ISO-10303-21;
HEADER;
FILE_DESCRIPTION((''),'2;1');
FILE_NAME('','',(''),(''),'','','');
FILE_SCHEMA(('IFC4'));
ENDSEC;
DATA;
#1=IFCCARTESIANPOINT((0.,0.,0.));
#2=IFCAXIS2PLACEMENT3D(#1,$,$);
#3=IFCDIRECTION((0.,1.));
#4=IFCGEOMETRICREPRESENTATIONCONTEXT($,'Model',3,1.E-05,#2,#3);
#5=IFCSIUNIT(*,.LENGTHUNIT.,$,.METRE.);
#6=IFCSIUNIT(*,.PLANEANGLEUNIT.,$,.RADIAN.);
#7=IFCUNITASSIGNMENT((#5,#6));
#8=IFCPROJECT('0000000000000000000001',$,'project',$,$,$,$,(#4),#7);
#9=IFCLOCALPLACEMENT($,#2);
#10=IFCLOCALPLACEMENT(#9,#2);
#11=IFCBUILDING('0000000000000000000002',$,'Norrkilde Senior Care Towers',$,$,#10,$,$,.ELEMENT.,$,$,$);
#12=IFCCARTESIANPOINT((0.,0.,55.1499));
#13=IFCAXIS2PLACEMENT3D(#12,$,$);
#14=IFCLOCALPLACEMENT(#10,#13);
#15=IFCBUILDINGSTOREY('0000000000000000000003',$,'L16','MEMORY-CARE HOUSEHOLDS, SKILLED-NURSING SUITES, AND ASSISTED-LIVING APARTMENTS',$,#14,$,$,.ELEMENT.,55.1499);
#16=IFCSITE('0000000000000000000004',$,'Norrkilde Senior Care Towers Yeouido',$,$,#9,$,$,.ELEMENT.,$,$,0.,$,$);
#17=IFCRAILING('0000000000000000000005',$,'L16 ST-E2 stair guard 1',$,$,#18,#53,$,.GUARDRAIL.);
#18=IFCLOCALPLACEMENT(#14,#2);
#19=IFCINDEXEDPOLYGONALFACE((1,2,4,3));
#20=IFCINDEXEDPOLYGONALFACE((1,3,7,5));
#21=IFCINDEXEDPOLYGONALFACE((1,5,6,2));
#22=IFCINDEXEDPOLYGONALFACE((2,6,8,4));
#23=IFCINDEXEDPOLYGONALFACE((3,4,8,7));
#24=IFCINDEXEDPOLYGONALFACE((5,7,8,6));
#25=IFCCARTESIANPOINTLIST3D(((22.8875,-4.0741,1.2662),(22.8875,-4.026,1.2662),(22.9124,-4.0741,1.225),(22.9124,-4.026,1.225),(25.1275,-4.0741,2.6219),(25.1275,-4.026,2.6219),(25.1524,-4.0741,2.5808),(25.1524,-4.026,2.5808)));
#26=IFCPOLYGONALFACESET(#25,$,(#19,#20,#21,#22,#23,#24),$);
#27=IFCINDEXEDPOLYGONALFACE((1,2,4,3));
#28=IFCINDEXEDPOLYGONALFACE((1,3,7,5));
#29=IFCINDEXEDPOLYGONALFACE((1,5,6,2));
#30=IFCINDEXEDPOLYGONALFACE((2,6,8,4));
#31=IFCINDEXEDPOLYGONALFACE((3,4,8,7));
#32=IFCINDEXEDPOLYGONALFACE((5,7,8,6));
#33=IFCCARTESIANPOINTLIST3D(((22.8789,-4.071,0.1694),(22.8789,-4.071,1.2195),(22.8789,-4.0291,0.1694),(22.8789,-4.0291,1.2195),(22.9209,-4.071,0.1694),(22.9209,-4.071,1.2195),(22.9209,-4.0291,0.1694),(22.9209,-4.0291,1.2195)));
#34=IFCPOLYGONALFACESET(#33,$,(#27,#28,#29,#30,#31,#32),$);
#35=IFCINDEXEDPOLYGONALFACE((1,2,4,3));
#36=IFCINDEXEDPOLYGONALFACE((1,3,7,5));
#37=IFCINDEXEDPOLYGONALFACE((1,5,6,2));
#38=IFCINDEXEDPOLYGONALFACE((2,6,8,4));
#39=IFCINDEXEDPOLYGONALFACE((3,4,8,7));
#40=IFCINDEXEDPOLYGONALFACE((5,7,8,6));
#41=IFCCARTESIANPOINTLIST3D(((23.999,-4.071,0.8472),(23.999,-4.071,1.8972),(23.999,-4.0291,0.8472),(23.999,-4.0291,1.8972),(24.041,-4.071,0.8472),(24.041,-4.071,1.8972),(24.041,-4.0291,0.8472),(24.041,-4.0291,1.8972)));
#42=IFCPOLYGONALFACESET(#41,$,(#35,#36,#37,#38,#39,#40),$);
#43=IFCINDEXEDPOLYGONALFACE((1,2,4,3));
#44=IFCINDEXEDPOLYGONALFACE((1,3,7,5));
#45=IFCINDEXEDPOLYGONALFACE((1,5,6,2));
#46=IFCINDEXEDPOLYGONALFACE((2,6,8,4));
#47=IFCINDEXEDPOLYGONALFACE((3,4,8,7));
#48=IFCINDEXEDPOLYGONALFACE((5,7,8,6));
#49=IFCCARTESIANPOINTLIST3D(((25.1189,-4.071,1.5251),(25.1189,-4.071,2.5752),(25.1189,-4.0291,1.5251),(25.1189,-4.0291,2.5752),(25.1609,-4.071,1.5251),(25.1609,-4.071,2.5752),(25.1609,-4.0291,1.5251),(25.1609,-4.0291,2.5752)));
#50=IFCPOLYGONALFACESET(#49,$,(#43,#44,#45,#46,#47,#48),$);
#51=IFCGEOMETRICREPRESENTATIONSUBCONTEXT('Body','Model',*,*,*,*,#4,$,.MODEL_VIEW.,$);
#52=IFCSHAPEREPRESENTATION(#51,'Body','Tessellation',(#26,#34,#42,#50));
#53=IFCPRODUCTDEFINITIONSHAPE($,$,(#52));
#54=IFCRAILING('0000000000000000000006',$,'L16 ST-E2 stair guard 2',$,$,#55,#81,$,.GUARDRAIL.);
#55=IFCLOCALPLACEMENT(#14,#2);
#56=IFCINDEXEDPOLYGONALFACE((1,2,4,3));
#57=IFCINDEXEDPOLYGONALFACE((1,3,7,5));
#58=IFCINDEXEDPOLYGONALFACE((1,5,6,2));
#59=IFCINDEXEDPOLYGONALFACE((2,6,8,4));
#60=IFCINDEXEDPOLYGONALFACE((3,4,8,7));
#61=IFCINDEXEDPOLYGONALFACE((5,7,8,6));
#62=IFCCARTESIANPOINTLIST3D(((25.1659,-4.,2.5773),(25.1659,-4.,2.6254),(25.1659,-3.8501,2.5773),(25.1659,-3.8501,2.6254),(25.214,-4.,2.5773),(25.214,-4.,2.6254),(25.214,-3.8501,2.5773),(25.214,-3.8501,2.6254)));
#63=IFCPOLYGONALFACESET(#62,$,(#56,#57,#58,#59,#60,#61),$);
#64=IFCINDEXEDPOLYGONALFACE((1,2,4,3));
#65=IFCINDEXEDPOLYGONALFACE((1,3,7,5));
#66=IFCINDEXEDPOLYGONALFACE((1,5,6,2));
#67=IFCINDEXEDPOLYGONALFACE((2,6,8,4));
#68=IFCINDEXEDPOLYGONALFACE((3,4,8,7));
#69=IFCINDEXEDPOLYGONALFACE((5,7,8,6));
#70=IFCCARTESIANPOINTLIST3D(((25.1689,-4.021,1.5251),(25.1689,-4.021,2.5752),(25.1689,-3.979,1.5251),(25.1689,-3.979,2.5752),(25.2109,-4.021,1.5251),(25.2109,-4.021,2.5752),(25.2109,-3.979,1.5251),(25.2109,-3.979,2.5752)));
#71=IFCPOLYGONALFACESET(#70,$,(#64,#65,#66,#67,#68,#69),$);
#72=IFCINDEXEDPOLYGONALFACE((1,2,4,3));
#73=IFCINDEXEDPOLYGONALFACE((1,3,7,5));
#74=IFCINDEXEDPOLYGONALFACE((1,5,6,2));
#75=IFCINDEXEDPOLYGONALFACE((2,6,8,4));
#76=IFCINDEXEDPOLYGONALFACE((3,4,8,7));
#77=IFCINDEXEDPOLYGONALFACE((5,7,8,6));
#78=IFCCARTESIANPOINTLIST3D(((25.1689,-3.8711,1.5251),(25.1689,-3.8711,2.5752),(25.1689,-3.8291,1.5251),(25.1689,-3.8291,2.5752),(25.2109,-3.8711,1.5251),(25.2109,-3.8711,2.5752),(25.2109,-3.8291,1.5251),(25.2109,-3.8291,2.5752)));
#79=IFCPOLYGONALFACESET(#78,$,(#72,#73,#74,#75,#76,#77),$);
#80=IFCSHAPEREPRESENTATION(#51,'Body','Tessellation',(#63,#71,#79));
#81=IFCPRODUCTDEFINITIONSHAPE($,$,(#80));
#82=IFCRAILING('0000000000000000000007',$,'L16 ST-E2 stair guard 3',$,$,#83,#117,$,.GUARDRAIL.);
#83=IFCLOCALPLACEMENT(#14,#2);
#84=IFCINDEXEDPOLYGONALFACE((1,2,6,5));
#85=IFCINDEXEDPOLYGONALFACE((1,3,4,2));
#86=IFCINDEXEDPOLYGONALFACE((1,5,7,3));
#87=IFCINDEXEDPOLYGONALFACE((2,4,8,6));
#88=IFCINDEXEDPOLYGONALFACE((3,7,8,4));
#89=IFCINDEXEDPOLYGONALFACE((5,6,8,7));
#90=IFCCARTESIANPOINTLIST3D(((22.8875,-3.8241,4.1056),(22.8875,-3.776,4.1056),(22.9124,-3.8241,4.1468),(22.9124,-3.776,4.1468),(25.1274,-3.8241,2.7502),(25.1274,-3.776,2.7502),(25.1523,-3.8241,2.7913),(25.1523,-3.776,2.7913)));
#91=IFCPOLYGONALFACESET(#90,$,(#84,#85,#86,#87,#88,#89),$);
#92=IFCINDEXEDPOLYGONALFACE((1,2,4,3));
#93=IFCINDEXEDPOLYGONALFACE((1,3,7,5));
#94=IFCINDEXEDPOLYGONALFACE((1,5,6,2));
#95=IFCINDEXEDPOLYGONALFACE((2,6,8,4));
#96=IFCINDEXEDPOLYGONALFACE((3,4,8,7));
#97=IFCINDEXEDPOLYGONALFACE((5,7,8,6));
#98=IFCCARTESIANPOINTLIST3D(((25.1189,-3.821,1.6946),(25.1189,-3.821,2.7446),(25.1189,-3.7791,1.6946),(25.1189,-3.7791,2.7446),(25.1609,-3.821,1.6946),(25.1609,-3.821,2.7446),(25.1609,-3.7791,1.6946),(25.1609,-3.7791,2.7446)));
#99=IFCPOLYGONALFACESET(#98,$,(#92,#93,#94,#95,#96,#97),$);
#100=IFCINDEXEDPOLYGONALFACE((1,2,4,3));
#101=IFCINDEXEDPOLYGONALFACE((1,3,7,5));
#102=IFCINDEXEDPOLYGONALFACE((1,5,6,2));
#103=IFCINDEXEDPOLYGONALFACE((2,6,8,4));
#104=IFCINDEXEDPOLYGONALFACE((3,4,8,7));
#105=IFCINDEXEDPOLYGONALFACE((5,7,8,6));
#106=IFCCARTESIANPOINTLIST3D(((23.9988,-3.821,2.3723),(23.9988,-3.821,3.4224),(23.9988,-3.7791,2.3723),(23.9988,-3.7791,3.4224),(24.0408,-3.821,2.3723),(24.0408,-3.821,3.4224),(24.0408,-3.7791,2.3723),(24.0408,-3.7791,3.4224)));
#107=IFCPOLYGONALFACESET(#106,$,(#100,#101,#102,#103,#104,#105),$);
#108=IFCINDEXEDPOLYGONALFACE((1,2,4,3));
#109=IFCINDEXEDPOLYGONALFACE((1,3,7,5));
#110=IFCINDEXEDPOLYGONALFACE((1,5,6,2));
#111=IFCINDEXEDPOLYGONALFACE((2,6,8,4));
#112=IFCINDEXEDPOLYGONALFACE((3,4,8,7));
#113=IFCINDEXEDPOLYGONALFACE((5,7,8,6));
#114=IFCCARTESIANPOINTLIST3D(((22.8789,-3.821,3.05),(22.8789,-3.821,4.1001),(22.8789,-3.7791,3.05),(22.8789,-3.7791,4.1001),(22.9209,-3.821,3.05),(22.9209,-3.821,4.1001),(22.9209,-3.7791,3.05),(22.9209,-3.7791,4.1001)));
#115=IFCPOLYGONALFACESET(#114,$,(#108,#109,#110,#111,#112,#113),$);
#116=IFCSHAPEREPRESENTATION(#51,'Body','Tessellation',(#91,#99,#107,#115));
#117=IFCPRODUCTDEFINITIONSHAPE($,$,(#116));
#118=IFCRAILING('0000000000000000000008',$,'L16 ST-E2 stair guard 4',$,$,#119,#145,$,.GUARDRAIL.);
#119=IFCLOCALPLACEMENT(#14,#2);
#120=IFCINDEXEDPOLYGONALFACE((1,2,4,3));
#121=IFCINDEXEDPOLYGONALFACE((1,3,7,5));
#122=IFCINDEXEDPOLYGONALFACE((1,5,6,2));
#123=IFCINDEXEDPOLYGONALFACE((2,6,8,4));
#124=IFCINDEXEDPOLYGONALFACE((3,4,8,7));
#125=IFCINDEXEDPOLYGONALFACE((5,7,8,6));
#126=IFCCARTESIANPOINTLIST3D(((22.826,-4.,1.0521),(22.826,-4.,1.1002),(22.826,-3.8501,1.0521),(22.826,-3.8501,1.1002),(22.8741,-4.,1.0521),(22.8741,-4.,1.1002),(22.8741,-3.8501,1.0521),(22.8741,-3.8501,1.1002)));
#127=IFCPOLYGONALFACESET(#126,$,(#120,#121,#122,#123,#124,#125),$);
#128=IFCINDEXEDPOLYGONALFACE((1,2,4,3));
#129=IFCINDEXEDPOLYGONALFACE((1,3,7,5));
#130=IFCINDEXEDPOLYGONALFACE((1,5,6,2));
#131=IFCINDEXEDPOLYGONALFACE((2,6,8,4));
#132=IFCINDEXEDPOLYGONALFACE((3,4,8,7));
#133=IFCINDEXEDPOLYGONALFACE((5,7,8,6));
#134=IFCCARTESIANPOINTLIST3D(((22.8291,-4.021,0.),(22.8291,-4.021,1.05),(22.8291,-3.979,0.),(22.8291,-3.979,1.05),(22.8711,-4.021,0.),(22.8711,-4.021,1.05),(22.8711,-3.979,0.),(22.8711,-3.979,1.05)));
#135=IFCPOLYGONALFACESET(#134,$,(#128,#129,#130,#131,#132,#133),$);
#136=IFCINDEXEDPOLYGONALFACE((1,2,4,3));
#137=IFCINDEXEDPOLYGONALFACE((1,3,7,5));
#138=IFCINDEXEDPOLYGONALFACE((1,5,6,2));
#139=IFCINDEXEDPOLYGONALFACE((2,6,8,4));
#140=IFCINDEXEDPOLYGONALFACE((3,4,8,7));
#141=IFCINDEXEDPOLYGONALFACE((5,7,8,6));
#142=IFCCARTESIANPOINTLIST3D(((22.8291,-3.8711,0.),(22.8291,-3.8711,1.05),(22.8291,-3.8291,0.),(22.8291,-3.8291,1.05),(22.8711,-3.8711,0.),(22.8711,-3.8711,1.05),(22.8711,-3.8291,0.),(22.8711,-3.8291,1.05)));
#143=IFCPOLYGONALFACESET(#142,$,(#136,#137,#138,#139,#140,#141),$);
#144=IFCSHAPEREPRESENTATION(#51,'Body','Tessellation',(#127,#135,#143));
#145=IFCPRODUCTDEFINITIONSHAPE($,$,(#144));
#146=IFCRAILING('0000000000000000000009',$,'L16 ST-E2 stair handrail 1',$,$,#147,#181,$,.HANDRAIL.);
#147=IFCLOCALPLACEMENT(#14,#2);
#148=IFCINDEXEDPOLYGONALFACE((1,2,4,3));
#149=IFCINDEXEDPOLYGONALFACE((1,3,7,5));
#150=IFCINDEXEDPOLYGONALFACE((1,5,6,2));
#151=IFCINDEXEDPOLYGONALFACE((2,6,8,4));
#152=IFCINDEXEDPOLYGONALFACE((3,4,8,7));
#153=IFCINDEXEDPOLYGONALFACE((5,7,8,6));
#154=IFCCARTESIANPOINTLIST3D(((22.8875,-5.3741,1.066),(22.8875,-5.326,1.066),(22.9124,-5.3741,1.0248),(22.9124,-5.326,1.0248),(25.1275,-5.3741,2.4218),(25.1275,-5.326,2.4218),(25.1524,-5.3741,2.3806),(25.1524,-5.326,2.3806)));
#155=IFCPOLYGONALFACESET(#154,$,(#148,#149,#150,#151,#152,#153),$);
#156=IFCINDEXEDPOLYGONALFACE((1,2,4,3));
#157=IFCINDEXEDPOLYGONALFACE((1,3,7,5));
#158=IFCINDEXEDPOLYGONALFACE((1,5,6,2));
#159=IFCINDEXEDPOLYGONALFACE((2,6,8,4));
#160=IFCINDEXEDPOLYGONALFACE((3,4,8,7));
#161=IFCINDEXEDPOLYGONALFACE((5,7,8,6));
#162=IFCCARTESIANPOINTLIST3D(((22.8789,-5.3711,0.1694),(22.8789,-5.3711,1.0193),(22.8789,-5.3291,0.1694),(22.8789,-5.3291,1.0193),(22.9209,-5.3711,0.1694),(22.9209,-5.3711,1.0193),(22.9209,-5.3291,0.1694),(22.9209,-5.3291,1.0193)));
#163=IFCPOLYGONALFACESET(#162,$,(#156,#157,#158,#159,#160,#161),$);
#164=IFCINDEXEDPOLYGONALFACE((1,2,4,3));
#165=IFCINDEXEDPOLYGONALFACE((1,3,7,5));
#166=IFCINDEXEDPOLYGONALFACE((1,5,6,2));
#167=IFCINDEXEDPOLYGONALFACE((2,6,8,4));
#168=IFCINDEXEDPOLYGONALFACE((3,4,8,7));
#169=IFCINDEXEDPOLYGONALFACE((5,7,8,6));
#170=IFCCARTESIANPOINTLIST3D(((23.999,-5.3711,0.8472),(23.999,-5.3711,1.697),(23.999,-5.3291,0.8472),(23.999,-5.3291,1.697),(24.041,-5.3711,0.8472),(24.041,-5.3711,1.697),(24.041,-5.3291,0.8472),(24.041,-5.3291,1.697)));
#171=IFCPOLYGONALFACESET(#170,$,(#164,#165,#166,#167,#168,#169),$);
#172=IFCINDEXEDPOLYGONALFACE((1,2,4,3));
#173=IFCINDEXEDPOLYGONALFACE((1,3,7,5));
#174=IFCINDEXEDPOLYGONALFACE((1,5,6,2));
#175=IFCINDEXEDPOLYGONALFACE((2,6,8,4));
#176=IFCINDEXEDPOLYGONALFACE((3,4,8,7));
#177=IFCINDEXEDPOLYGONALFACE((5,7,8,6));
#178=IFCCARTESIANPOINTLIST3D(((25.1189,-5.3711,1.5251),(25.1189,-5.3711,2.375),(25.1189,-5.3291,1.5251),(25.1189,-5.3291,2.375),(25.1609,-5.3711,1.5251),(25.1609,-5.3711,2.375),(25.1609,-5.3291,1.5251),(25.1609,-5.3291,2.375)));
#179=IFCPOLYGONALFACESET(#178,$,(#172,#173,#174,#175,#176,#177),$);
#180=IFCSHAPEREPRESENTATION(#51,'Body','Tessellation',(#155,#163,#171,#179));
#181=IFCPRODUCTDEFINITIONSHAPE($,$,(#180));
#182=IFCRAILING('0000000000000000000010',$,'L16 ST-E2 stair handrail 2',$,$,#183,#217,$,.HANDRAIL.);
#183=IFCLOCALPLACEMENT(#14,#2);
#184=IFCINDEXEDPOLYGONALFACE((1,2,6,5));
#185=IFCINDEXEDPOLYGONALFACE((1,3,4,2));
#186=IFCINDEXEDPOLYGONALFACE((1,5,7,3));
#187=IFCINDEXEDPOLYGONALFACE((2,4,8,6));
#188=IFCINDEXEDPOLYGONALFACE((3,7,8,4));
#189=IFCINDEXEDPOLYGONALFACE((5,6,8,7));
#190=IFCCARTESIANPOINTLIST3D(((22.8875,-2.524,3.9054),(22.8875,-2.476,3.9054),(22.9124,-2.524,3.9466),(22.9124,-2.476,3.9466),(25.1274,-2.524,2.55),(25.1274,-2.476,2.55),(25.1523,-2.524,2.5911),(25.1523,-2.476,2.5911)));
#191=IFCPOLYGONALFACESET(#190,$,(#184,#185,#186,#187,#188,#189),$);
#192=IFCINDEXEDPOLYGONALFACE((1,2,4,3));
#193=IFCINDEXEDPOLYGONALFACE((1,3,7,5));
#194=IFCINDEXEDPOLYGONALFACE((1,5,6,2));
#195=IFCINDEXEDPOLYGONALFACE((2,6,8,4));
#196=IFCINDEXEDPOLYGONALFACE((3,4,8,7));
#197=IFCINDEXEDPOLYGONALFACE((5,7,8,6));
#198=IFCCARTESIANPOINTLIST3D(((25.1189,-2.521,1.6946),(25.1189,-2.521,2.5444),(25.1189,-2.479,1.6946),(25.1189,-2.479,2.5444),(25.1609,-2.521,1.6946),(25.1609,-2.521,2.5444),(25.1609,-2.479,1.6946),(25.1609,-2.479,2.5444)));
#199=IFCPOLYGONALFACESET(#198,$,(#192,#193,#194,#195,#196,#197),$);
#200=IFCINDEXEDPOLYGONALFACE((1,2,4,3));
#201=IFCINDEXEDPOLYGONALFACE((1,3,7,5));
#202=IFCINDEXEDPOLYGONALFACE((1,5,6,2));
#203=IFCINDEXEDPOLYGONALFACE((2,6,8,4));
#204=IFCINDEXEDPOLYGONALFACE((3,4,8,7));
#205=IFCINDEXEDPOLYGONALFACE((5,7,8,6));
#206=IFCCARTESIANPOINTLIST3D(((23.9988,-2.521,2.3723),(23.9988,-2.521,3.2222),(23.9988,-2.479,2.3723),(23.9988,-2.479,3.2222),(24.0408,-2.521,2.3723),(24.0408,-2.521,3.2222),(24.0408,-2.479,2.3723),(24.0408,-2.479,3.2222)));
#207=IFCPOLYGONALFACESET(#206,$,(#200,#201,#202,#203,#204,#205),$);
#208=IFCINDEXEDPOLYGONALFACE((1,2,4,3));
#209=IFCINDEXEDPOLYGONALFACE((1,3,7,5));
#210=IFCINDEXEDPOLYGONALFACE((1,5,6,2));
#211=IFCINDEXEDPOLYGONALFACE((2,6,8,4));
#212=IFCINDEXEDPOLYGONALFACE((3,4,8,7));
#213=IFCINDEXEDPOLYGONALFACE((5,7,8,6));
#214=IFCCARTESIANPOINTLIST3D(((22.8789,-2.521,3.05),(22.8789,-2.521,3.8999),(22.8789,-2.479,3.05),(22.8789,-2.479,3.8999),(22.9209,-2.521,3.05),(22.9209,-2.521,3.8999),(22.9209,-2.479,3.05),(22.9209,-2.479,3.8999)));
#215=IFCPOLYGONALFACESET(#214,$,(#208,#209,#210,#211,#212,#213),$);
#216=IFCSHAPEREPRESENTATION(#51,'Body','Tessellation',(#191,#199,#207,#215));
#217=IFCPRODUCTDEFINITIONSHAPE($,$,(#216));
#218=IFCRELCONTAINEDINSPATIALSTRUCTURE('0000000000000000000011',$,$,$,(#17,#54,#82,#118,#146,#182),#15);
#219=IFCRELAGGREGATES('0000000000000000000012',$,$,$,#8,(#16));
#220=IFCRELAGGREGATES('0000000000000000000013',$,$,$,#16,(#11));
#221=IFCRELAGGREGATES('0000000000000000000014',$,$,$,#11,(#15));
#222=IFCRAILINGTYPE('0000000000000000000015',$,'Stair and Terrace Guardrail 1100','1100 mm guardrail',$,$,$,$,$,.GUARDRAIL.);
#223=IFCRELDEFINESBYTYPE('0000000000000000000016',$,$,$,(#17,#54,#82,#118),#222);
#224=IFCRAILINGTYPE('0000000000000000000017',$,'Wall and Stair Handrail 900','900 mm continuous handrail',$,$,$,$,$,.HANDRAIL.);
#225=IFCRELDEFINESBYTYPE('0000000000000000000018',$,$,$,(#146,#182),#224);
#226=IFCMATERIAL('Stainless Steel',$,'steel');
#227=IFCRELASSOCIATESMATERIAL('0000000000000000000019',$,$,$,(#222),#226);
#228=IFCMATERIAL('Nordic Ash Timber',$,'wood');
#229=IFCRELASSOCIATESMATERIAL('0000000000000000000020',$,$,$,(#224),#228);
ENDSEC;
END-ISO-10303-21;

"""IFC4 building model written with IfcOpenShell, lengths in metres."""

from ifc_helpers import new_model, si_unit, direction, frame, origin, origin_2d, place, context, subcontext, project, spatial, rectangle, extrude, material, type_object, element, save


model = new_model("IFC4")

# Units and contexts
model_context = context("Model", 3, precision=1e-05, world=origin(), true_north=direction((0.0, 1.0)))
body_context = subcontext(model_context, "Body", "Model", "MODEL_VIEW")
ifc_project = project(units=[si_unit("LENGTHUNIT", "METRE"), si_unit("PLANEANGLEUNIT", "RADIAN")], contexts=[model_context])

# Site, building, storey
site_placement = place(None, origin())
site = spatial("IfcSite", under=ifc_project, at=site_placement, Name="Norrkilde Senior Care Towers Yeouido", CompositionType="ELEMENT", RefElevation=0.0)
building_placement = place(site_placement, origin())
building = spatial("IfcBuilding", under=site, at=building_placement, Name="Norrkilde Senior Care Towers", CompositionType="ELEMENT")
storey_placement = place(building_placement, frame((0.0, 0.0, 55.1499)))
storey = spatial("IfcBuildingStorey", under=building, at=storey_placement, Name="L16", Description="MEMORY-CARE HOUSEHOLDS, SKILLED-NURSING SUITES, AND ASSISTED-LIVING APARTMENTS", CompositionType="ELEMENT", Elevation=55.1499)

# Shared definitions
ifc_material_1 = material(Name="Stainless Steel", Category="steel")

# Railings
railing_type_1 = type_object("IfcRailingType", Name="Stair and Terrace Guardrail 1100", Description="1100 mm guardrail", PredefinedType="GUARDRAIL", material=ifc_material_1)
railing_1_placement = place(storey_placement, frame((22.8999, -4.05, 0.1694)))
element("IfcRailing", 1, at=railing_1_placement, inside=storey, type_object=railing_type_1, Name="L16 ST-E2 stair guard 1", PredefinedType="GUARDRAIL", context=body_context, shape_type="SweptSolid", body=[
    extrude(rectangle(XDim=0.0481, YDim=0.0481, at=origin_2d()), frame((0.0, 0.0, 1.0762), z_axis=(0.855512, 0.0, 0.517783), x_axis=(0.0, 1.0, 0.0)), (0.0, 0.0, 1.0), 2.6184),
    extrude(rectangle(XDim=0.042, YDim=0.042, at=origin_2d()), origin(), (0.0, 0.0, 1.0), 1.05),
    extrude(rectangle(XDim=0.042, YDim=0.042, at=origin_2d()), frame((1.1201, 0.0, 0.6777)), (0.0, 0.0, 1.0), 1.05),
    extrude(rectangle(XDim=0.042, YDim=0.042, at=origin_2d()), frame((2.24, 0.0, 1.3557)), (0.0, 0.0, 1.0), 1.05),
])
railing_2_placement = place(storey_placement, frame((25.1899, -4.0, 1.5251)))
element("IfcRailing", 2, at=railing_2_placement, inside=storey, type_object=railing_type_1, Name="L16 ST-E2 stair guard 2", PredefinedType="GUARDRAIL", context=body_context, shape_type="SweptSolid", body=[
    extrude(rectangle(XDim=0.0481, YDim=0.0481, at=origin_2d()), frame((0.0, 0.0, 1.0762), z_axis=(0.0, 1.0, 0.0), x_axis=(-1.0, 0.0, 0.0)), (0.0, 0.0, 1.0), 0.1499),
    extrude(rectangle(XDim=0.042, YDim=0.042, at=origin_2d()), origin(), (0.0, 0.0, 1.0), 1.05),
    extrude(rectangle(XDim=0.042, YDim=0.042, at=origin_2d()), frame((0.0, 0.1499, 0.0)), (0.0, 0.0, 1.0), 1.05),
])
railing_3_placement = place(storey_placement, frame((25.1399, -3.8, 1.6946)))
element("IfcRailing", 3, at=railing_3_placement, inside=storey, type_object=railing_type_1, Name="L16 ST-E2 stair guard 3", PredefinedType="GUARDRAIL", context=body_context, shape_type="SweptSolid", body=[
    extrude(rectangle(XDim=0.0481, YDim=0.0481, at=origin_2d()), frame((0.0, 0.0, 1.0762), z_axis=(-0.855553, 0.0, 0.517715), x_axis=(0.0, -1.0, 0.0)), (0.0, 0.0, 1.0), 2.6182),
    extrude(rectangle(XDim=0.042, YDim=0.042, at=origin_2d()), origin(), (0.0, 0.0, 1.0), 1.05),
    extrude(rectangle(XDim=0.042, YDim=0.042, at=origin_2d()), frame((-1.1201, 0.0, 0.6777)), (0.0, 0.0, 1.0), 1.05),
    extrude(rectangle(XDim=0.042, YDim=0.042, at=origin_2d()), frame((-2.24, 0.0, 1.3555)), (0.0, 0.0, 1.0), 1.05),
])
railing_4_placement = place(storey_placement, frame((22.8501, -4.0, 0.0)))
element("IfcRailing", 4, at=railing_4_placement, inside=storey, type_object=railing_type_1, Name="L16 ST-E2 stair guard 4", PredefinedType="GUARDRAIL", context=body_context, shape_type="SweptSolid", body=[
    extrude(rectangle(XDim=0.0481, YDim=0.0481, at=origin_2d()), frame((0.0, 0.0, 1.0762), z_axis=(0.0, 1.0, 0.0), x_axis=(-1.0, 0.0, 0.0)), (0.0, 0.0, 1.0), 0.1499),
    extrude(rectangle(XDim=0.042, YDim=0.042, at=origin_2d()), origin(), (0.0, 0.0, 1.0), 1.05),
    extrude(rectangle(XDim=0.042, YDim=0.042, at=origin_2d()), frame((0.0, 0.1499, 0.0)), (0.0, 0.0, 1.0), 1.05),
])
ifc_material_2 = material(Name="Nordic Ash Timber", Category="wood")
railing_type_2 = type_object("IfcRailingType", Name="Wall and Stair Handrail 900", Description="900 mm continuous handrail", PredefinedType="HANDRAIL", material=ifc_material_2)
railing_5_placement = place(storey_placement, frame((22.8999, -5.3501, 0.1694)))
element("IfcRailing", 5, at=railing_5_placement, inside=storey, type_object=railing_type_2, Name="L16 ST-E2 stair handrail 1", PredefinedType="HANDRAIL", context=body_context, shape_type="SweptSolid", body=[
    extrude(rectangle(XDim=0.0481, YDim=0.0481, at=origin_2d()), frame((0.0, 0.0, 0.876), z_axis=(0.855512, 0.0, 0.517783), x_axis=(0.0, 1.0, 0.0)), (0.0, 0.0, 1.0), 2.6184),
    extrude(rectangle(XDim=0.042, YDim=0.042, at=origin_2d()), origin(), (0.0, 0.0, 1.0), 0.8499),
    extrude(rectangle(XDim=0.042, YDim=0.042, at=origin_2d()), frame((1.1201, 0.0, 0.6777)), (0.0, 0.0, 1.0), 0.8499),
    extrude(rectangle(XDim=0.042, YDim=0.042, at=origin_2d()), frame((2.24, 0.0, 1.3557)), (0.0, 0.0, 1.0), 0.8499),
])
railing_6_placement = place(storey_placement, frame((25.1399, -2.5, 1.6946)))
element("IfcRailing", 6, at=railing_6_placement, inside=storey, type_object=railing_type_2, Name="L16 ST-E2 stair handrail 2", PredefinedType="HANDRAIL", context=body_context, shape_type="SweptSolid", body=[
    extrude(rectangle(XDim=0.0481, YDim=0.0481, at=origin_2d()), frame((0.0, 0.0, 0.876), z_axis=(-0.855553, 0.0, 0.517715), x_axis=(0.0, -1.0, 0.0)), (0.0, 0.0, 1.0), 2.6182),
    extrude(rectangle(XDim=0.042, YDim=0.042, at=origin_2d()), origin(), (0.0, 0.0, 1.0), 0.8499),
    extrude(rectangle(XDim=0.042, YDim=0.042, at=origin_2d()), frame((-1.1201, 0.0, 0.6777)), (0.0, 0.0, 1.0), 0.8499),
    extrude(rectangle(XDim=0.042, YDim=0.042, at=origin_2d()), frame((-2.24, 0.0, 1.3555)), (0.0, 0.0, 1.0), 0.8499),
])

save(model, "model.ifc")
